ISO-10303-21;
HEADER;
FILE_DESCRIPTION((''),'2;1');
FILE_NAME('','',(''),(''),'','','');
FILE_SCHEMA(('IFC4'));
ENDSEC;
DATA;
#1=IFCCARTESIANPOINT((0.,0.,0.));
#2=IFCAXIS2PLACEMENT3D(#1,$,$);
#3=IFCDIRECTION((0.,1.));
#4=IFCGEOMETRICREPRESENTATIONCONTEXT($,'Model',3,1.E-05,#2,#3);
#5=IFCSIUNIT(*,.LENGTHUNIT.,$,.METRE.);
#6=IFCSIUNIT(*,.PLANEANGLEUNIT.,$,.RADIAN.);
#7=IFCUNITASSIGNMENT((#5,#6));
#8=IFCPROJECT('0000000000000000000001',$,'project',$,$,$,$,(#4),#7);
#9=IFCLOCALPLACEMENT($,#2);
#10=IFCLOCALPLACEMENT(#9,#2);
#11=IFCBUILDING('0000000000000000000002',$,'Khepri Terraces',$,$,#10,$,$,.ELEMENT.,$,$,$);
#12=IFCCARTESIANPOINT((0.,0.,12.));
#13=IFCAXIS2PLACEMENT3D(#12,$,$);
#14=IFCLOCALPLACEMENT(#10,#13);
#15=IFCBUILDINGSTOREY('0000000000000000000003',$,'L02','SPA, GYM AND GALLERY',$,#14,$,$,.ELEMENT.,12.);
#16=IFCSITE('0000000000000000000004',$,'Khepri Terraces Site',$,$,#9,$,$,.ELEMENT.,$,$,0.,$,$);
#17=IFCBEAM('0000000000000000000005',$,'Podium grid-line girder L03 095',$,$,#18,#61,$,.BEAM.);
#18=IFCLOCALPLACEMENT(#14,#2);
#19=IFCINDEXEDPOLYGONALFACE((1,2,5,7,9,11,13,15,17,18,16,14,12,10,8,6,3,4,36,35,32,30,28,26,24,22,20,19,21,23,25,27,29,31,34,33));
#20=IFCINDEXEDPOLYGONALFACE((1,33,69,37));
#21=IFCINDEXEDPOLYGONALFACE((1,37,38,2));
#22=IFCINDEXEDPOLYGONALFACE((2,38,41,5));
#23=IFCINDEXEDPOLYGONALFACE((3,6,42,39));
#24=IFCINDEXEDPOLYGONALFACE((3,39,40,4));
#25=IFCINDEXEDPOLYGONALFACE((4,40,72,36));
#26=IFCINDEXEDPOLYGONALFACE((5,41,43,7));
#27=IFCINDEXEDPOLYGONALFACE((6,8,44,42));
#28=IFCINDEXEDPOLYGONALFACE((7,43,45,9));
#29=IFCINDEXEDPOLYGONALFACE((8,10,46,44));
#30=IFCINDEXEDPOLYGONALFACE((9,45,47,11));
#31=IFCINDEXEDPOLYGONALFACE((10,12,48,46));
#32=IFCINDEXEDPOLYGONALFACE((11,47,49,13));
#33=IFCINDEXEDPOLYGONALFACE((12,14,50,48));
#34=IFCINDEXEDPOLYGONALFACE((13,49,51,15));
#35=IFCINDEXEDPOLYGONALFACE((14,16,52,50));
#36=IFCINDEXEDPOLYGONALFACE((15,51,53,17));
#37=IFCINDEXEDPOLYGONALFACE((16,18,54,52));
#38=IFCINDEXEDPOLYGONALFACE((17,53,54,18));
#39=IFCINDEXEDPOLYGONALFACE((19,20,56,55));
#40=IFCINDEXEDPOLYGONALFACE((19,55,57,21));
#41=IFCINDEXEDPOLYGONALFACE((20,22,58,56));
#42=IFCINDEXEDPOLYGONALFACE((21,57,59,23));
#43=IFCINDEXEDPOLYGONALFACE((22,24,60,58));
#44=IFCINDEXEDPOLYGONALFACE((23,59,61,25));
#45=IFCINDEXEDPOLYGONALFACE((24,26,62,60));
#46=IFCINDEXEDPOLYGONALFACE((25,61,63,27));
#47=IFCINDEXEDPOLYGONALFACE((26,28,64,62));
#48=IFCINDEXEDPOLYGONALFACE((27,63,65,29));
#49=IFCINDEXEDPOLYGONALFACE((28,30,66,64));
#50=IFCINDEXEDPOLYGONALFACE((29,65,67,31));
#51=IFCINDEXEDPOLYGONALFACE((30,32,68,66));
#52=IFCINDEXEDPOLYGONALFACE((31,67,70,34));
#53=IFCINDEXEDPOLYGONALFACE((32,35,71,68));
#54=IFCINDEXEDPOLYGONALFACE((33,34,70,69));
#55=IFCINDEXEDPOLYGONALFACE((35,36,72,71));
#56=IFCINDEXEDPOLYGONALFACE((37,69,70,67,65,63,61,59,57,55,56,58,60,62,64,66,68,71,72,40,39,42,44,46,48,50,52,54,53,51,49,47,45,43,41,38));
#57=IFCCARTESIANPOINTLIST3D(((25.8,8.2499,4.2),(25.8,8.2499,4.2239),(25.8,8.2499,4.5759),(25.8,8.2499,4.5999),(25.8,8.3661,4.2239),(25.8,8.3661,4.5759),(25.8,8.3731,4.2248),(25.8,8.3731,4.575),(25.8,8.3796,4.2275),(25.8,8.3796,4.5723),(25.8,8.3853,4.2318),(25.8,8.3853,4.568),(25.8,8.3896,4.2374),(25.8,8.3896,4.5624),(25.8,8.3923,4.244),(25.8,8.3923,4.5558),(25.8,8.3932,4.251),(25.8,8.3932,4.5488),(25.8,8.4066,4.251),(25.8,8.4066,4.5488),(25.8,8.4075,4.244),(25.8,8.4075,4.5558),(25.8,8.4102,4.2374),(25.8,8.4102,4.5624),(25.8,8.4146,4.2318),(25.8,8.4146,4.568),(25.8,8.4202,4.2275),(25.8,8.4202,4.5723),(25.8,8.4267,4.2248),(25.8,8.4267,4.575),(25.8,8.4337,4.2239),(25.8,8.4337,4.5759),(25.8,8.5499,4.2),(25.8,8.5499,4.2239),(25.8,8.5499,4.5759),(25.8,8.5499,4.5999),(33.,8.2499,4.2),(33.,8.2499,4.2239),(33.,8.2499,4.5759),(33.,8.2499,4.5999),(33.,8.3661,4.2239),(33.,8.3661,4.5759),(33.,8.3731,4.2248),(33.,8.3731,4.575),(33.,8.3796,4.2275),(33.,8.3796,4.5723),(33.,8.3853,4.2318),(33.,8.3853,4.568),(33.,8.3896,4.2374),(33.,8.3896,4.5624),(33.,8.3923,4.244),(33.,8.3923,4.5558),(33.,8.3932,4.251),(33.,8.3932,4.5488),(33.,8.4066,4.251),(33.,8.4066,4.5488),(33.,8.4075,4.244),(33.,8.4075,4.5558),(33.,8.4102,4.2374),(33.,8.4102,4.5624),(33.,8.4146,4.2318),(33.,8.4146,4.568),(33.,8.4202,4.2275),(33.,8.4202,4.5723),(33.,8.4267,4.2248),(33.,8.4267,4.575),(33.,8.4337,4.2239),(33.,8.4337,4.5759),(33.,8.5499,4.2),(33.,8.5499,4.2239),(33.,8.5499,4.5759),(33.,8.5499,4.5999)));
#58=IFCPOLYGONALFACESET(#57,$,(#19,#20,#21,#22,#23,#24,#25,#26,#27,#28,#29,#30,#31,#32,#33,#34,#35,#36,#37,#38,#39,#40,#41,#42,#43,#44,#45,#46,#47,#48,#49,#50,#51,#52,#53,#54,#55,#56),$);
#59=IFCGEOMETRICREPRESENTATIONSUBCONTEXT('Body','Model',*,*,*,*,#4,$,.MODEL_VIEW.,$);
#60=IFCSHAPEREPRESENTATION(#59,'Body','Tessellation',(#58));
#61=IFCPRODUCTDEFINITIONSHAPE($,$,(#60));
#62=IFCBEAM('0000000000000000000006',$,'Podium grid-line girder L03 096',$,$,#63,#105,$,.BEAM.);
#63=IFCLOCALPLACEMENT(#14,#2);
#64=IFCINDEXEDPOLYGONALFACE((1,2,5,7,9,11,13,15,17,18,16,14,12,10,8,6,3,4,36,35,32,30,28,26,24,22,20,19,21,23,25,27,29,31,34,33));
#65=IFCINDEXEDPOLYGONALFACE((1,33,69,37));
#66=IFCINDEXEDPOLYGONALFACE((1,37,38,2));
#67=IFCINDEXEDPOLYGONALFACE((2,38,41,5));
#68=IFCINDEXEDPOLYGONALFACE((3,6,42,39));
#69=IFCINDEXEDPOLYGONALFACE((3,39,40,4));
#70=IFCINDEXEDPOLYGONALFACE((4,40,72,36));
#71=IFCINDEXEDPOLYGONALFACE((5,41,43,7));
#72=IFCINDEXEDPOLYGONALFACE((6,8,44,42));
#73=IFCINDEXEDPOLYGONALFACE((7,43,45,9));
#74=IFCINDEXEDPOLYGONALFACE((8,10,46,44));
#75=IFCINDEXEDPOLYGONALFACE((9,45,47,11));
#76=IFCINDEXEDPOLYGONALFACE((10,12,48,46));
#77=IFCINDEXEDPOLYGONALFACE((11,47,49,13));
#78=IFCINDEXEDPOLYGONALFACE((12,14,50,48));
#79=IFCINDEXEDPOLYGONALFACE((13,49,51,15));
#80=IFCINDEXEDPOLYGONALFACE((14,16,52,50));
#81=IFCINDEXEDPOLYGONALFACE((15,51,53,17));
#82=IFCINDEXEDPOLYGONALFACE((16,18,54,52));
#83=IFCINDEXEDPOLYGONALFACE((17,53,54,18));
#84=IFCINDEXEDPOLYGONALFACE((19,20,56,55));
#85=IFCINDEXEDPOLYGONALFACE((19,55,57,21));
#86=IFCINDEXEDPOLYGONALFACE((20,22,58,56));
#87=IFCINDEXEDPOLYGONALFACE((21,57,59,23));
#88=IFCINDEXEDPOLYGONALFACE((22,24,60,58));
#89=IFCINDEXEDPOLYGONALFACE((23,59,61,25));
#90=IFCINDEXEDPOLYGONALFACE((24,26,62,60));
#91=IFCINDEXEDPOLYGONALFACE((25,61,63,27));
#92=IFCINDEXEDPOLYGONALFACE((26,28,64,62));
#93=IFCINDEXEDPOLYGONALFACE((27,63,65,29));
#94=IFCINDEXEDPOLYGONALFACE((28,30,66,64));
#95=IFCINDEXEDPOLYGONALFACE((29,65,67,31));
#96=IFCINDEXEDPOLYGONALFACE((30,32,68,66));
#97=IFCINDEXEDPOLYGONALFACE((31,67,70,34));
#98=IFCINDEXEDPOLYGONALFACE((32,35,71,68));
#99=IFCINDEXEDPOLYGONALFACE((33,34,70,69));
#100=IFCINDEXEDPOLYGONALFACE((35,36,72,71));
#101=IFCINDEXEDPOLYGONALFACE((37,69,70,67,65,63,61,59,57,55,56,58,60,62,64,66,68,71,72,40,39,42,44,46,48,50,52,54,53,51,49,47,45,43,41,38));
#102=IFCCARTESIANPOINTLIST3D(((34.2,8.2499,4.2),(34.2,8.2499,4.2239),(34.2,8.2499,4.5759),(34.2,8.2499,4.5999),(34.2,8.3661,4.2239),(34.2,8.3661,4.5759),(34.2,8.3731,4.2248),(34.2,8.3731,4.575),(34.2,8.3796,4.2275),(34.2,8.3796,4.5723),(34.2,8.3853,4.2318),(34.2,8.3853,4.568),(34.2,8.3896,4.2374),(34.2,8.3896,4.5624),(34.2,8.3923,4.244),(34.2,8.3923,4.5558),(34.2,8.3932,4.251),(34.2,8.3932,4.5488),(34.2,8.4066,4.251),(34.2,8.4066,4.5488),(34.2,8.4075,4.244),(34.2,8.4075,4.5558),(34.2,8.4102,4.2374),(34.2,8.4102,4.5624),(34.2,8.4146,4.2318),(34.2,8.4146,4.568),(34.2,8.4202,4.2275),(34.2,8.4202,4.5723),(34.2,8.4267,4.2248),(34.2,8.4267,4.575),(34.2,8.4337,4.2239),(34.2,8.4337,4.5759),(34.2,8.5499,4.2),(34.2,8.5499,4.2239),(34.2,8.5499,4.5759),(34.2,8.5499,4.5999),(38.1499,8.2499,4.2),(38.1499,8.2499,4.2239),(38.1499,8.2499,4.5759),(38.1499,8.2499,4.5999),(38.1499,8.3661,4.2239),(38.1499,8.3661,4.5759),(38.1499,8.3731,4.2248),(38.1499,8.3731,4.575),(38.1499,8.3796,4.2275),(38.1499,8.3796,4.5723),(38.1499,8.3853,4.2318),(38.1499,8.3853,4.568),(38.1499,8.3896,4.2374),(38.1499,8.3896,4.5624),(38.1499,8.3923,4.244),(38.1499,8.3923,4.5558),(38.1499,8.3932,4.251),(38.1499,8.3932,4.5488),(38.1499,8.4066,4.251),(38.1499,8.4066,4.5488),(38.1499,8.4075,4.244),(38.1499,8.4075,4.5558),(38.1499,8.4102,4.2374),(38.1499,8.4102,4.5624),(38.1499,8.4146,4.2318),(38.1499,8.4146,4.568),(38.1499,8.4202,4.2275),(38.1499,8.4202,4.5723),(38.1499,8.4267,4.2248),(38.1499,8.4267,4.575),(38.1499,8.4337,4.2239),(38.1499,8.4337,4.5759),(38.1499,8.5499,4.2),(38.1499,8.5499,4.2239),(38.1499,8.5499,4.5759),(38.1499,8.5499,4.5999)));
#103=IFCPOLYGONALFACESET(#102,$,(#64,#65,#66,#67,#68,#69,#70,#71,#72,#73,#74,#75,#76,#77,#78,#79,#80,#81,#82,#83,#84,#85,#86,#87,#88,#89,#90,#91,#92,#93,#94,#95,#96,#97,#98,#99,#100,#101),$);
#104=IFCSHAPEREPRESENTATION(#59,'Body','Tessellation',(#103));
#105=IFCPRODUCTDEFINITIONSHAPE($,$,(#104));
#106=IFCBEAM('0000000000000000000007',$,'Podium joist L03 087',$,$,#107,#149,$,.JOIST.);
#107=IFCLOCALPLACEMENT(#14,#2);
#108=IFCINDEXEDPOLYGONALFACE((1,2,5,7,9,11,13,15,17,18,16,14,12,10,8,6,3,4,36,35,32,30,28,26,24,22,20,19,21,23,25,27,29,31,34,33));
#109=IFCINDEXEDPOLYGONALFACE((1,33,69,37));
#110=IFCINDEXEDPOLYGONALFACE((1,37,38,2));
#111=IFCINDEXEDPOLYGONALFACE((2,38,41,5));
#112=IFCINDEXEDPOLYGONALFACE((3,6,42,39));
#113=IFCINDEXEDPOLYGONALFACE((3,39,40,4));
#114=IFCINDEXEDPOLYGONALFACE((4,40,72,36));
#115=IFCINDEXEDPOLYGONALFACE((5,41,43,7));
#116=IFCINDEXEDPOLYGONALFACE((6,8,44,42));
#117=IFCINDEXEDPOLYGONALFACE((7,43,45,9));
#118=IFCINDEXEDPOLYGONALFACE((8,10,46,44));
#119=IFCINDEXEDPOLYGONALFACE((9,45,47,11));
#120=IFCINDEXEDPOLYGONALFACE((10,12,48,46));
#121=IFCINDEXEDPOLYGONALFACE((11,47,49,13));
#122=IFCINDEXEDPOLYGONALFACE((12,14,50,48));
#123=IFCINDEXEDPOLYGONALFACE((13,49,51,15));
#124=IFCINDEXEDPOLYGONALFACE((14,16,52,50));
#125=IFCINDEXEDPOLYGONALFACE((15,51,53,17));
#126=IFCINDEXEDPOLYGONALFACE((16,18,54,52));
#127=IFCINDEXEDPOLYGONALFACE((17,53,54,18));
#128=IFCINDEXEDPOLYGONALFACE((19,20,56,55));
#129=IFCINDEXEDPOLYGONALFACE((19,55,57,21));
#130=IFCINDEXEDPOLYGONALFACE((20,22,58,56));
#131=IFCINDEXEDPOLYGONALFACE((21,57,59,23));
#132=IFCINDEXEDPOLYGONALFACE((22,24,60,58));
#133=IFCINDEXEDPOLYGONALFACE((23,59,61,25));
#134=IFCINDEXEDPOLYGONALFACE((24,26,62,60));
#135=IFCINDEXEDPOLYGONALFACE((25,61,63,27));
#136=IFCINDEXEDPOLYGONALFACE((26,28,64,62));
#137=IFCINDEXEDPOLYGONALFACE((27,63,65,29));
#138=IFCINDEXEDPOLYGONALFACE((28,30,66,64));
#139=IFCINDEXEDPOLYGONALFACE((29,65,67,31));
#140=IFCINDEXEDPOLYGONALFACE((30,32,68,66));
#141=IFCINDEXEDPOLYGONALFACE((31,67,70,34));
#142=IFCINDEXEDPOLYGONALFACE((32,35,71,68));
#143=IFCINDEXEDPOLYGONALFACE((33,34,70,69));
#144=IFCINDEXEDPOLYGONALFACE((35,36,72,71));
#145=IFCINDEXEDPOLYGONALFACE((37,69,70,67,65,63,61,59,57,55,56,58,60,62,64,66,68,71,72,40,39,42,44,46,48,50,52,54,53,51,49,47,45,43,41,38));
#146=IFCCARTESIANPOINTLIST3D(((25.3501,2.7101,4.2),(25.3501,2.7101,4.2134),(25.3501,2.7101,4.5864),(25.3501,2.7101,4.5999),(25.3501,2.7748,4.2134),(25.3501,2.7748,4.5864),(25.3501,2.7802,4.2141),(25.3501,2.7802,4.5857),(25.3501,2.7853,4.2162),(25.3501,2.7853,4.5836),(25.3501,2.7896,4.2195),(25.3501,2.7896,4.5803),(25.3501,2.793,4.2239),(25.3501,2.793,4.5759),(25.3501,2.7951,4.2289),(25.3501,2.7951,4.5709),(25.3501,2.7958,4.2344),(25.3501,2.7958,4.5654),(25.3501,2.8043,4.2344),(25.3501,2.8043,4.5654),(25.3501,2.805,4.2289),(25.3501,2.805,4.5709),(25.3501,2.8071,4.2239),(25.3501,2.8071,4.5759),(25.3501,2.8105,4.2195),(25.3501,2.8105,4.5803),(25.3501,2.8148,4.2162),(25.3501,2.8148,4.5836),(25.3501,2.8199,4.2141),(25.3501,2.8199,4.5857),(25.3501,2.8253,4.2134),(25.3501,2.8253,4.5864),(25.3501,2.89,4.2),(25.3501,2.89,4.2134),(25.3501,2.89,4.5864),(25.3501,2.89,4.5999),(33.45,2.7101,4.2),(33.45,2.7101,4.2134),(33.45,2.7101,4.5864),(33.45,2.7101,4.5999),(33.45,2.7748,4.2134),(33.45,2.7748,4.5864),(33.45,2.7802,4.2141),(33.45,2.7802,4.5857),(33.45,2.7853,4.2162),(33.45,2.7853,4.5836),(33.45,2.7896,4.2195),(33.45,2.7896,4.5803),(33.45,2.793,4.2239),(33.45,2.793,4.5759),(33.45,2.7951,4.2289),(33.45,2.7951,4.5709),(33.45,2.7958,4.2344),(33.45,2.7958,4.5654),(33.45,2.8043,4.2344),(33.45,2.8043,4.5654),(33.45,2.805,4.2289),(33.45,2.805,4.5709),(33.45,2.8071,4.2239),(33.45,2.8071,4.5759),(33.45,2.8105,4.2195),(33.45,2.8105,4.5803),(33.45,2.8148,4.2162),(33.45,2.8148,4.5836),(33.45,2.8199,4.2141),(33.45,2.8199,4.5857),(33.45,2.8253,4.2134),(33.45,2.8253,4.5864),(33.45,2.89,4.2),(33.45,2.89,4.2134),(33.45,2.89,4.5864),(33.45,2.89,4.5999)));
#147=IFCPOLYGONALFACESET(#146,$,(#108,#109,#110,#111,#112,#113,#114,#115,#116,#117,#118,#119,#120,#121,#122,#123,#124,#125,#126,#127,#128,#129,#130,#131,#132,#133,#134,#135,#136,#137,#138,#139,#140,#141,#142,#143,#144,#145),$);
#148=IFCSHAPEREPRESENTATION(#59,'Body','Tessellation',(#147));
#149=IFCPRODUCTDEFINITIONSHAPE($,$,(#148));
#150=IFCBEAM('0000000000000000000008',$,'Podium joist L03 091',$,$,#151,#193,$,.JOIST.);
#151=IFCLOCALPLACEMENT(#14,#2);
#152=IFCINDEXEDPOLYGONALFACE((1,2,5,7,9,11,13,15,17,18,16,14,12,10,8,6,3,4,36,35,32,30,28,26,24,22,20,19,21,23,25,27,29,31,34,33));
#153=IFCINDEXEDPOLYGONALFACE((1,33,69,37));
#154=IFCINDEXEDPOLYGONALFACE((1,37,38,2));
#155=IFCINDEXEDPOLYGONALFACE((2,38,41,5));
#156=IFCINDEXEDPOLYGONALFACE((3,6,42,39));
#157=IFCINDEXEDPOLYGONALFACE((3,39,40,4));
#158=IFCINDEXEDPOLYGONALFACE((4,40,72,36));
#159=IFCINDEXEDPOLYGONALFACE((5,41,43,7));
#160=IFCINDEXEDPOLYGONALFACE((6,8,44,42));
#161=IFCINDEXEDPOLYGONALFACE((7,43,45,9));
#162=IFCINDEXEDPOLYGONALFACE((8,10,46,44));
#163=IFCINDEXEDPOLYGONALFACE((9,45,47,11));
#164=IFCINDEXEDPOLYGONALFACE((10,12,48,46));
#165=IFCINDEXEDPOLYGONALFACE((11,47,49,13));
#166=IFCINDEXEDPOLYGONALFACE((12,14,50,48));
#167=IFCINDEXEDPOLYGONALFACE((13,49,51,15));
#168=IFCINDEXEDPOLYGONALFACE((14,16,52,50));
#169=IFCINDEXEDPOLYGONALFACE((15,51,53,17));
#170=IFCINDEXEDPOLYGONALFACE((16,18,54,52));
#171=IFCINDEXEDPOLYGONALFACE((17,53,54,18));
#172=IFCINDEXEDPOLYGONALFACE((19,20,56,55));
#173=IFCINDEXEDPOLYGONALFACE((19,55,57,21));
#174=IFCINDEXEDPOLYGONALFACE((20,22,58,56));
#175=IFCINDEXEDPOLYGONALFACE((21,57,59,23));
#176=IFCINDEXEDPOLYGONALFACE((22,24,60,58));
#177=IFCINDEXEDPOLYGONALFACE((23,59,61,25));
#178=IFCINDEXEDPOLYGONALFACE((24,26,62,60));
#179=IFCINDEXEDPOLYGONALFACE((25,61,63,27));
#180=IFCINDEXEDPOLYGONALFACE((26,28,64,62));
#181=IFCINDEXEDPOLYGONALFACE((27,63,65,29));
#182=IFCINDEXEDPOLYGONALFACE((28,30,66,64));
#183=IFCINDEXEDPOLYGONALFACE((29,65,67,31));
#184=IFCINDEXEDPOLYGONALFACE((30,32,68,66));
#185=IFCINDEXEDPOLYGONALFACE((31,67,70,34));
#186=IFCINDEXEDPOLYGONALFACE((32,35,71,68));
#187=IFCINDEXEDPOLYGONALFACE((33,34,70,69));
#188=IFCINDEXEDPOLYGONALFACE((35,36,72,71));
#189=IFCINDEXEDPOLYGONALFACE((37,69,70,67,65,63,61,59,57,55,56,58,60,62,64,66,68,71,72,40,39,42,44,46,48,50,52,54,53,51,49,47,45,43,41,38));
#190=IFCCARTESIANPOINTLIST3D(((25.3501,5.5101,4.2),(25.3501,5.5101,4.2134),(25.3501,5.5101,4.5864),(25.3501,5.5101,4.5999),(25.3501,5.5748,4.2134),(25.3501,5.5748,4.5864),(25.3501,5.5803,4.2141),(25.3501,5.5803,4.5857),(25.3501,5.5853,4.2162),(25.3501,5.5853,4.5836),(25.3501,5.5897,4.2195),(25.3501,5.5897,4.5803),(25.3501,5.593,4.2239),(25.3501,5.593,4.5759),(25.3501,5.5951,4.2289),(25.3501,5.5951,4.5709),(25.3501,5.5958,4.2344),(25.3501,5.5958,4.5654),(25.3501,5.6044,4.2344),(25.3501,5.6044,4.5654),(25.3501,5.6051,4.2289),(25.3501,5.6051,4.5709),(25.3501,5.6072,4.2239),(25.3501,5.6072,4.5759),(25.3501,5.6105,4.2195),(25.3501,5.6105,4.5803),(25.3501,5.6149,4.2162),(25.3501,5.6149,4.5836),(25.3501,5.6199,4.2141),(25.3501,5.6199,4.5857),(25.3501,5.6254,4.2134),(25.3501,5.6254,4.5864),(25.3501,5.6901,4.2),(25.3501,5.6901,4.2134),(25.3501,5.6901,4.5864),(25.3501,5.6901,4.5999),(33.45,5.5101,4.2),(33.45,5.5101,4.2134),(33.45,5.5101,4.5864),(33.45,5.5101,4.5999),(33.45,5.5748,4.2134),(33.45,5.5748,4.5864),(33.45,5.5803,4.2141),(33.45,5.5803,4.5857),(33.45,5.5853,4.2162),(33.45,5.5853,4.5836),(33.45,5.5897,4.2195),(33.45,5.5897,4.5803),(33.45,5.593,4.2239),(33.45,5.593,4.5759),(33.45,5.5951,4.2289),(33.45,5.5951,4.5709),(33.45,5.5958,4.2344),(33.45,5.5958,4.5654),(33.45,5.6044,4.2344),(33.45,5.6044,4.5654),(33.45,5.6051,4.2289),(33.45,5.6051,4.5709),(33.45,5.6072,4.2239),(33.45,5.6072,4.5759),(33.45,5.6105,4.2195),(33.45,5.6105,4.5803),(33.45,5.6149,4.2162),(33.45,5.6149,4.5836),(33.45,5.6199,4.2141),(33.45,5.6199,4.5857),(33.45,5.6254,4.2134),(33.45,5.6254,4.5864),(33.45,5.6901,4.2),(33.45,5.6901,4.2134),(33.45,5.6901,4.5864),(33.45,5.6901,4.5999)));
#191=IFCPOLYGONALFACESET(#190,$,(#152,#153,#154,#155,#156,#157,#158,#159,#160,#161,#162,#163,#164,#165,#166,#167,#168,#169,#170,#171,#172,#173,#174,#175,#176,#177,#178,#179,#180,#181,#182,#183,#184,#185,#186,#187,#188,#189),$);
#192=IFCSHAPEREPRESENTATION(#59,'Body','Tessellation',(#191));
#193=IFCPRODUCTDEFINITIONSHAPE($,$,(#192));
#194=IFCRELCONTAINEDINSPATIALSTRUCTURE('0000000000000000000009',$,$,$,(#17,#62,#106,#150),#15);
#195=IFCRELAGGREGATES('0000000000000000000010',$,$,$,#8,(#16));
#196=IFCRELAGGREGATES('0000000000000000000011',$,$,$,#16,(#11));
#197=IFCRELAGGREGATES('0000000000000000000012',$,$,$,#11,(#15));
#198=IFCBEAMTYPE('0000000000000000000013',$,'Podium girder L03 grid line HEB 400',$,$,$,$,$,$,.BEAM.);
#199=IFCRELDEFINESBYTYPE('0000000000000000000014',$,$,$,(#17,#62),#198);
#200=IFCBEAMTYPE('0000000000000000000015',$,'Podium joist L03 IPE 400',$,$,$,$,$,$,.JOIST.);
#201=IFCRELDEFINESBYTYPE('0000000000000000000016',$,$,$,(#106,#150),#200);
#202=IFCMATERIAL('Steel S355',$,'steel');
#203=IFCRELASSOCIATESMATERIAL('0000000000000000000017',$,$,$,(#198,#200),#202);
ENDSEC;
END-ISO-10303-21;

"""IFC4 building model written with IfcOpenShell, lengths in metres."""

from ifc_helpers import new_model, si_unit, direction, frame, origin, origin_2d, place, context, subcontext, project, spatial, i_section, extrude, material, material_profile, profile_set, type_object, element, save


model = new_model("IFC4")

# Units and contexts
model_context = context("Model", 3, precision=1e-05, world=origin(), true_north=direction((0.0, 1.0)))
body_context = subcontext(model_context, "Body", "Model", "MODEL_VIEW")
ifc_project = project(units=[si_unit("LENGTHUNIT", "METRE"), si_unit("PLANEANGLEUNIT", "RADIAN")], contexts=[model_context])

# Site, building, storey
site_placement = place(None, origin())
site = spatial("IfcSite", under=ifc_project, at=site_placement, Name="Khepri Terraces Site", CompositionType="ELEMENT", RefElevation=0.0)
building_placement = place(site_placement, origin())
building = spatial("IfcBuilding", under=site, at=building_placement, Name="Khepri Terraces", CompositionType="ELEMENT")
storey_placement = place(building_placement, frame((0.0, 0.0, 12.0)))
storey = spatial("IfcBuildingStorey", under=building, at=storey_placement, Name="L02", Description="SPA, GYM AND GALLERY", CompositionType="ELEMENT", Elevation=12.0)

# Beams
ifc_material_1 = material(Name="Steel S355", Category="steel")
ifc_material_profile_1 = material_profile(ifc_material_1, i_section(OverallWidth=0.3, OverallDepth=0.3999, WebThickness=0.0134, FlangeThickness=0.0239, FilletRadius=0.0271, at=origin_2d()), Name="Steel S355", Category="steel")
ifc_profile_set_1 = profile_set([ifc_material_profile_1], Name="Steel S355")
beam_type_1 = type_object("IfcBeamType", Name="Podium girder L03 grid line HEB 400", PredefinedType="BEAM", material=ifc_profile_set_1)
beam_1_placement = place(storey_placement, frame((25.8, 8.3999, 4.3999), z_axis=(1.0, 0.0, 0.0), x_axis=(0.0, 1.0, 0.0)))
element("IfcBeam", 1, at=beam_1_placement, inside=storey, type_object=beam_type_1, Name="Podium grid-line girder L03 095", PredefinedType="BEAM", context=body_context, shape_type="SweptSolid", body=[
    extrude(i_section(OverallWidth=0.3, OverallDepth=0.3999, WebThickness=0.0134, FlangeThickness=0.0239, FilletRadius=0.0271, at=origin_2d()), origin(), (0.0, 0.0, 1.0), 7.2),
])
beam_2_placement = place(storey_placement, frame((34.2, 8.3999, 4.3999), z_axis=(1.0, 0.0, 0.0), x_axis=(0.0, 1.0, 0.0)))
element("IfcBeam", 2, at=beam_2_placement, inside=storey, type_object=beam_type_1, Name="Podium grid-line girder L03 096", PredefinedType="BEAM", context=body_context, shape_type="SweptSolid", body=[
    extrude(i_section(OverallWidth=0.3, OverallDepth=0.3999, WebThickness=0.0134, FlangeThickness=0.0239, FilletRadius=0.0271, at=origin_2d()), origin(), (0.0, 0.0, 1.0), 3.95),
])
ifc_material_profile_2 = material_profile(ifc_material_1, i_section(OverallWidth=0.1799, OverallDepth=0.3999, WebThickness=0.0085, FlangeThickness=0.0134, FilletRadius=0.021, at=origin_2d()), Name="Steel S355", Category="steel")
ifc_profile_set_2 = profile_set([ifc_material_profile_2], Name="Steel S355")
beam_type_2 = type_object("IfcBeamType", Name="Podium joist L03 IPE 400", PredefinedType="JOIST", material=ifc_profile_set_2)
for number, where, z_axis, x_axis, name in (
    (3, (25.3501, 2.8, 4.3999), (1.0, 0.0, 0.0), (0.0, 1.0, 0.0), "Podium joist L03 087"),
    (4, (25.3501, 5.6001, 4.3999), (1.0, 0.0, 0.0), (0.0, 1.0, 0.0), "Podium joist L03 091"),
):
    element("IfcBeam", number, at=place(storey_placement, frame(where, z_axis=z_axis, x_axis=x_axis)), inside=storey, type_object=beam_type_2, Name=name, PredefinedType="JOIST", context=body_context, shape_type="SweptSolid", body=[
        extrude(i_section(OverallWidth=0.1799, OverallDepth=0.3999, WebThickness=0.0085, FlangeThickness=0.0134, FilletRadius=0.021, at=origin_2d()), origin(), (0.0, 0.0, 1.0), 8.0999),
    ])

save(model, "model.ifc")
